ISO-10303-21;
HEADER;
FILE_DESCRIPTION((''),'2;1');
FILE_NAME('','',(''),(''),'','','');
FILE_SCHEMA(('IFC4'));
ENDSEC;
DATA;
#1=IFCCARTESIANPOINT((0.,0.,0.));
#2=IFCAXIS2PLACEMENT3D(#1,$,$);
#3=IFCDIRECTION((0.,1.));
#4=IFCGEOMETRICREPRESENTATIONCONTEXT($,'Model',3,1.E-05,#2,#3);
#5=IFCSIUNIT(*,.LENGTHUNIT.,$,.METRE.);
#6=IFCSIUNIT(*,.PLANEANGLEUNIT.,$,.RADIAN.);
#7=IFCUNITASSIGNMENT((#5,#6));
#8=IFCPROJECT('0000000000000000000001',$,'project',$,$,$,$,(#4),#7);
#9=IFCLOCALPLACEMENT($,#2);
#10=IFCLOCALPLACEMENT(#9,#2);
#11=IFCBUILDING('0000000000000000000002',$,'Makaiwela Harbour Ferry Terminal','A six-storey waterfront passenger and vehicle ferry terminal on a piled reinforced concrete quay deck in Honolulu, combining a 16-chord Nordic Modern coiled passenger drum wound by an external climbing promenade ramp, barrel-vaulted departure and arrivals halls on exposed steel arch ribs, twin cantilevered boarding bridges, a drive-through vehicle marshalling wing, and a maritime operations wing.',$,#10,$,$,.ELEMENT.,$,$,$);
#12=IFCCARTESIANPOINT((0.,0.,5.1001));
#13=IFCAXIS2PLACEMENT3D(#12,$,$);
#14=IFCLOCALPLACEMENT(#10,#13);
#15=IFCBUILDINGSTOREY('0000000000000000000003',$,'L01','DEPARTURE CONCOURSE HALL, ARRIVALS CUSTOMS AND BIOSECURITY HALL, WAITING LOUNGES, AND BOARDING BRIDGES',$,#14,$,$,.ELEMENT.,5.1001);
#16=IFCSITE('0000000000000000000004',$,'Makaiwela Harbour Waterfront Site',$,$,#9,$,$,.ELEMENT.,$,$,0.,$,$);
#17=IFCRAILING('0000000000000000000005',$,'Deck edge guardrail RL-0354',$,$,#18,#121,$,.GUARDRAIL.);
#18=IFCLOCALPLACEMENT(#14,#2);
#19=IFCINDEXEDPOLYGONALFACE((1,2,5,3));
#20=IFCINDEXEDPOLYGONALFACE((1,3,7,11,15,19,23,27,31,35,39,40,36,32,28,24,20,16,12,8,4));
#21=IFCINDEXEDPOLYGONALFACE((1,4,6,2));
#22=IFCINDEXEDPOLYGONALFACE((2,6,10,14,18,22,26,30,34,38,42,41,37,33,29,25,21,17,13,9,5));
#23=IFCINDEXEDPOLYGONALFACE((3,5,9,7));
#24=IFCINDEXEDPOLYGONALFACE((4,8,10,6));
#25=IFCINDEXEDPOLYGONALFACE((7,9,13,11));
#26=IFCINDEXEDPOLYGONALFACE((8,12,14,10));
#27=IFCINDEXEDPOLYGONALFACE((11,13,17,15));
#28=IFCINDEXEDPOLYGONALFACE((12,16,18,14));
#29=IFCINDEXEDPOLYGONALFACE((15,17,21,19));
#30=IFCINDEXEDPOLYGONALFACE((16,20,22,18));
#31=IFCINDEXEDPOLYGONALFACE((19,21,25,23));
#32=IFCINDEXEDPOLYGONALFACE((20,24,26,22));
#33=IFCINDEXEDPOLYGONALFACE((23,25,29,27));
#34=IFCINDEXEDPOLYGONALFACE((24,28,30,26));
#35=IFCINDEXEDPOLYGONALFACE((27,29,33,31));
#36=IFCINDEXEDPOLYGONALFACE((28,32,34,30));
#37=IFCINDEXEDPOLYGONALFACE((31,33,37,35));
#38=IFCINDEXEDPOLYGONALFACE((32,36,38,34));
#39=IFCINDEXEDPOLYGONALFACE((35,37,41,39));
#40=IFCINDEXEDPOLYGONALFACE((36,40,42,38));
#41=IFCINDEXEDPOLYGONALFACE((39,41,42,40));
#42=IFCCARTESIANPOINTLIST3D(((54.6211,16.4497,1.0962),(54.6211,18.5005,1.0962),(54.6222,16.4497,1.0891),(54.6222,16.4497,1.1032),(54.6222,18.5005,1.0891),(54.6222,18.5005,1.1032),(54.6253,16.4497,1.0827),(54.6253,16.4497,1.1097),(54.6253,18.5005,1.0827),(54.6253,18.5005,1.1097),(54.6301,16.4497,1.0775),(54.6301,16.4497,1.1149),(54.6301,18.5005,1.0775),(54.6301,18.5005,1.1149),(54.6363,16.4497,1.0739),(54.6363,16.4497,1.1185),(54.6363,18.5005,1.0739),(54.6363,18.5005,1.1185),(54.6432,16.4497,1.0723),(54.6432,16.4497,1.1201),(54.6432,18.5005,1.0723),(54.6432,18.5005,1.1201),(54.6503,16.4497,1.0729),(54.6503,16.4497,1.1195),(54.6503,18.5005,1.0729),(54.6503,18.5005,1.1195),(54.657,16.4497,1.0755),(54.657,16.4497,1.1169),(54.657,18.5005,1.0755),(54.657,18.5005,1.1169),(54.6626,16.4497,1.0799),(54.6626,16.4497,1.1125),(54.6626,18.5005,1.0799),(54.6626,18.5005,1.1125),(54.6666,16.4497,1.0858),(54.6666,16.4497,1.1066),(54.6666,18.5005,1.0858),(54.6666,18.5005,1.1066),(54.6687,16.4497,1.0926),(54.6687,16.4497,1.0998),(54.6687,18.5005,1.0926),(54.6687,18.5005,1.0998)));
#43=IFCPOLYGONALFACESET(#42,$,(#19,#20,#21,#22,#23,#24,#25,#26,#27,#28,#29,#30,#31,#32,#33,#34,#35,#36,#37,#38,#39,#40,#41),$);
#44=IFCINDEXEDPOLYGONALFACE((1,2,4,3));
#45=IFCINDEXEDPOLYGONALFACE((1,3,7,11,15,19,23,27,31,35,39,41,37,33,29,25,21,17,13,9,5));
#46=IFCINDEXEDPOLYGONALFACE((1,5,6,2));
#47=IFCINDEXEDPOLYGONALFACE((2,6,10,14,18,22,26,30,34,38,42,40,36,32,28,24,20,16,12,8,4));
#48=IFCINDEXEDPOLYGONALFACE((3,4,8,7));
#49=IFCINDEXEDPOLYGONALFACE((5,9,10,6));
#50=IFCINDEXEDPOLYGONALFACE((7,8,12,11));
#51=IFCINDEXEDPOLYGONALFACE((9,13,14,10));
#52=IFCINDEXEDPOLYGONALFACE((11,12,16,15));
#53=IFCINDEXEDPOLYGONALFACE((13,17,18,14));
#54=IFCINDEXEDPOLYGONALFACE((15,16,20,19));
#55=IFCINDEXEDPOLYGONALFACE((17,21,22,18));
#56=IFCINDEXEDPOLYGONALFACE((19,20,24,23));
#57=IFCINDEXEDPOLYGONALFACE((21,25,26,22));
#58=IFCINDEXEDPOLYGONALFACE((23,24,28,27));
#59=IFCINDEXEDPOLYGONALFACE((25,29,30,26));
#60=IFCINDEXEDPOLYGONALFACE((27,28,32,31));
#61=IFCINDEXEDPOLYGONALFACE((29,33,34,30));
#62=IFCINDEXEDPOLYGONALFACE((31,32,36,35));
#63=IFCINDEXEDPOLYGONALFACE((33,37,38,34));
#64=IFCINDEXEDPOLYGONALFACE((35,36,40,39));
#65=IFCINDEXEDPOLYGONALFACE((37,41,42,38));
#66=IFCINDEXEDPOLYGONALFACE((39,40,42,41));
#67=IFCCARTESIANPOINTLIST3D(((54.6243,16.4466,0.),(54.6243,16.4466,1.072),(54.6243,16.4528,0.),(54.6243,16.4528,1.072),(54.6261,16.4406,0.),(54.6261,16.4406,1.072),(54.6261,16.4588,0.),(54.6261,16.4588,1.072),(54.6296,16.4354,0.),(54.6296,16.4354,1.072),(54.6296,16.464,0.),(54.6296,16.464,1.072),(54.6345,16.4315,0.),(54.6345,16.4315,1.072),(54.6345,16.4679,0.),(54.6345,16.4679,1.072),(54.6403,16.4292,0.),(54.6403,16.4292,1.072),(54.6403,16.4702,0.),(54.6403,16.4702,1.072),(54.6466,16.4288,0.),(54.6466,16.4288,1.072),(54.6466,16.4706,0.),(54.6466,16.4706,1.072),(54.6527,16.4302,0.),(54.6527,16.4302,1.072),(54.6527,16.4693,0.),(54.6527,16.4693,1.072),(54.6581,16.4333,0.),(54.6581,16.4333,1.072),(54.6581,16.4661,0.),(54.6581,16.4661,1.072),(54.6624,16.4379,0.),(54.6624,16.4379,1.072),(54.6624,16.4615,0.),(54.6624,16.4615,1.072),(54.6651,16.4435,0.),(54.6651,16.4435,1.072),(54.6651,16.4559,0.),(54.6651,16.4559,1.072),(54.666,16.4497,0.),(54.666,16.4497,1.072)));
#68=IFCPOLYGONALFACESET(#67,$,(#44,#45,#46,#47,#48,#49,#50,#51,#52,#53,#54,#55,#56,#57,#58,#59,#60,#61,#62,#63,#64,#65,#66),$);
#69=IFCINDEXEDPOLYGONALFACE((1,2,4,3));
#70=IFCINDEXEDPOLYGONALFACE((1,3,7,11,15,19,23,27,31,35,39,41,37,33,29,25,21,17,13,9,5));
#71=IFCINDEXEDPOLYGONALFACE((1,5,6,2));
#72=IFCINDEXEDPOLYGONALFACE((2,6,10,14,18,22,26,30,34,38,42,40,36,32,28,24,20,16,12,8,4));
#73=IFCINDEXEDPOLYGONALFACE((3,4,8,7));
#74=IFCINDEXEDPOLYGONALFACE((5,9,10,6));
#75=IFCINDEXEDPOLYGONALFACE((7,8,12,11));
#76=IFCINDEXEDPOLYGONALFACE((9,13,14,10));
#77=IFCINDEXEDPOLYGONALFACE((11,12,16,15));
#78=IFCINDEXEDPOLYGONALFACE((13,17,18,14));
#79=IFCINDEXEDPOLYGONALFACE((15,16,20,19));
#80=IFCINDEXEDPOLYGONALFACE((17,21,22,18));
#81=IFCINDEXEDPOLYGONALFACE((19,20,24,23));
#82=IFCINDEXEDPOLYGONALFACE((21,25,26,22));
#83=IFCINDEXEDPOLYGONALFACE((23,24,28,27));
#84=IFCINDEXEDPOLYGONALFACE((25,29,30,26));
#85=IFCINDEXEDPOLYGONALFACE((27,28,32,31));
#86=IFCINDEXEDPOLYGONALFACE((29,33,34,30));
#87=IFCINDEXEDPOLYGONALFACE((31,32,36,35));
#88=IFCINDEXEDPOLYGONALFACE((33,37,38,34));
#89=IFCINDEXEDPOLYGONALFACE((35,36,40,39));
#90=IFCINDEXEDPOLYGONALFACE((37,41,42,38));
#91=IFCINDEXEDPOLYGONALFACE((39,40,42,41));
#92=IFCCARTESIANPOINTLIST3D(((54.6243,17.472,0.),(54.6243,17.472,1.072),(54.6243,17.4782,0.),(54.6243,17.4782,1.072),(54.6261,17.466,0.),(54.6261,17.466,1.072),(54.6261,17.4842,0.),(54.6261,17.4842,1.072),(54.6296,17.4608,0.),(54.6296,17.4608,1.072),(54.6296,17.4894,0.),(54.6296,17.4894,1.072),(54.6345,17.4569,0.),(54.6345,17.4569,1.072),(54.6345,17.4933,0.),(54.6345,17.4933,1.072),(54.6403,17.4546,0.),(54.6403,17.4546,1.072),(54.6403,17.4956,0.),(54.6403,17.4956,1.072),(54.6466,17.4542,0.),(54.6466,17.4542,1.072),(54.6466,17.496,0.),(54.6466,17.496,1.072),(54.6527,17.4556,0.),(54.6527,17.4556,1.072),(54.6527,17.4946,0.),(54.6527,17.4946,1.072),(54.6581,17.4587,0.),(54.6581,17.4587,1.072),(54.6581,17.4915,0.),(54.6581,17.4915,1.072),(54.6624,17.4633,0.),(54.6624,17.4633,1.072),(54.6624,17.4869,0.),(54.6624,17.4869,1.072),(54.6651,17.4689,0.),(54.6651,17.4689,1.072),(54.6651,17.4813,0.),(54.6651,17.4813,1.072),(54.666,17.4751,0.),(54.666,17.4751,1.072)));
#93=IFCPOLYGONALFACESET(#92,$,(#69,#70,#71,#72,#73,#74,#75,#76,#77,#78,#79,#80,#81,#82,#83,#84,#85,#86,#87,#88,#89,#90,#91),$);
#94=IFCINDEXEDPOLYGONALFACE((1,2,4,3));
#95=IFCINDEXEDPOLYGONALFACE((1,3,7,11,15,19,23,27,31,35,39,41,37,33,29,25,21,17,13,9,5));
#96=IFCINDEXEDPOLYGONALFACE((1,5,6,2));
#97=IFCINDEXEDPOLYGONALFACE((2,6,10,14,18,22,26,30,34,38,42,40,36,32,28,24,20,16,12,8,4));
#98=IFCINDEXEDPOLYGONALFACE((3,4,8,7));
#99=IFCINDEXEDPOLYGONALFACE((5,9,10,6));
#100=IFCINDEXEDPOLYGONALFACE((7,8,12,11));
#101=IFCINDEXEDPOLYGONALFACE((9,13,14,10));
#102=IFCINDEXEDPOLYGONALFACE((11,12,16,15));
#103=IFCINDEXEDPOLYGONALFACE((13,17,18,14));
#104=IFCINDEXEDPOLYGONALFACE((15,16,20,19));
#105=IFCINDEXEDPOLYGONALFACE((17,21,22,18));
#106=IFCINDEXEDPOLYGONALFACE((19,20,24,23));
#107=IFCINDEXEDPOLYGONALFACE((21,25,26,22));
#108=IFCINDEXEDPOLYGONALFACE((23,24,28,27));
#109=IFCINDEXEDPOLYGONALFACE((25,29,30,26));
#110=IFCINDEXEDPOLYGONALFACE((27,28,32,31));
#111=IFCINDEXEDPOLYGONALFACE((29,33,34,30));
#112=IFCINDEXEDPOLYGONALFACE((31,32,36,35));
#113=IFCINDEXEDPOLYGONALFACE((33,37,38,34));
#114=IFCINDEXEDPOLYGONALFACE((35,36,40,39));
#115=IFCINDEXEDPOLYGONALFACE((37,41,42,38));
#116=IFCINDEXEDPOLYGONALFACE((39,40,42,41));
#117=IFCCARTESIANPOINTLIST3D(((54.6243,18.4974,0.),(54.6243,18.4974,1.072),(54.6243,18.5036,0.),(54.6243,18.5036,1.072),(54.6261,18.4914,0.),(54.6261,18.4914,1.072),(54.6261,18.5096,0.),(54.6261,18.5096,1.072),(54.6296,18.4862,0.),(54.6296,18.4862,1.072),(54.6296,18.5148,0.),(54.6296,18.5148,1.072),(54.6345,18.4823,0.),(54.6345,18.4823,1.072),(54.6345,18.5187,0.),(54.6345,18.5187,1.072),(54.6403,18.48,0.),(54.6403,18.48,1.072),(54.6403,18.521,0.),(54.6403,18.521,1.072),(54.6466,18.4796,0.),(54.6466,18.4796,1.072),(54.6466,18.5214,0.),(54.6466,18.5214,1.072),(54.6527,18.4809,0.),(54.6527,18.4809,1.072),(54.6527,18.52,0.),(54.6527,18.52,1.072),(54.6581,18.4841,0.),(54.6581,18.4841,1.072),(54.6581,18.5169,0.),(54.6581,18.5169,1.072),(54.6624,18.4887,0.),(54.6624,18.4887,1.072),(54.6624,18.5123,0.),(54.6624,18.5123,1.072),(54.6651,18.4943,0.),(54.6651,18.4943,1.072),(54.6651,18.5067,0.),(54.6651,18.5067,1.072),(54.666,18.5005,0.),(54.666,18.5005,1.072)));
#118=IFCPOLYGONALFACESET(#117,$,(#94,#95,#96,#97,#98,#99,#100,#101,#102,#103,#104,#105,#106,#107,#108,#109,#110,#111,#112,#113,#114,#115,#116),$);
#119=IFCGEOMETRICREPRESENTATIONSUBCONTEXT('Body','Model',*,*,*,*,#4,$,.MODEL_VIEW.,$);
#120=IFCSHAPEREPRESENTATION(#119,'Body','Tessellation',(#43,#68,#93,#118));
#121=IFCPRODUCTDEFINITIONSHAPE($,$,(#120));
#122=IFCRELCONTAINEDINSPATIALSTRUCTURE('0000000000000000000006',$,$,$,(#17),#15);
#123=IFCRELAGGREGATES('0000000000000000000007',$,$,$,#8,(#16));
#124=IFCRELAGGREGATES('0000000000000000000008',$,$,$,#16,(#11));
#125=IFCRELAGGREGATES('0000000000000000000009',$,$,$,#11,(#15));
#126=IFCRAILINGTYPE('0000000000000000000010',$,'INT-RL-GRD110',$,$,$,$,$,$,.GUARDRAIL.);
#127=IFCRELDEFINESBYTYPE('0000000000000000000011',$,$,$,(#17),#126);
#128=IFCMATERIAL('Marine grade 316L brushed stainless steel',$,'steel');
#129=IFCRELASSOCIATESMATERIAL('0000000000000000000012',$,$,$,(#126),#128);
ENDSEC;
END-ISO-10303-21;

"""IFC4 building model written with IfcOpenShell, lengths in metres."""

from ifc_helpers import new_model, si_unit, direction, frame, origin, origin_2d, place, context, subcontext, project, spatial, circle, extrude, material, type_object, element, save


model = new_model("IFC4")

# Units and contexts
model_context = context("Model", 3, precision=1e-05, world=origin(), true_north=direction((0.0, 1.0)))
body_context = subcontext(model_context, "Body", "Model", "MODEL_VIEW")
ifc_project = project(units=[si_unit("LENGTHUNIT", "METRE"), si_unit("PLANEANGLEUNIT", "RADIAN")], contexts=[model_context])

# Site, building, storey
site_placement = place(None, origin())
site = spatial("IfcSite", under=ifc_project, at=site_placement, Name="Makaiwela Harbour Waterfront Site", CompositionType="ELEMENT", RefElevation=0.0)
building_placement = place(site_placement, origin())
building = spatial("IfcBuilding", under=site, at=building_placement, Name="Makaiwela Harbour Ferry Terminal", Description="A six-storey waterfront passenger and vehicle ferry terminal on a piled reinforced concrete quay deck in Honolulu, combining a 16-chord Nordic Modern coiled passenger drum wound by an external climbing promenade ramp, barrel-vaulted departure and arrivals halls on exposed steel arch ribs, twin cantilevered boarding bridges, a drive-through vehicle marshalling wing, and a maritime operations wing.", CompositionType="ELEMENT")
storey_placement = place(building_placement, frame((0.0, 0.0, 5.1001)))
storey = spatial("IfcBuildingStorey", under=building, at=storey_placement, Name="L01", Description="DEPARTURE CONCOURSE HALL, ARRIVALS CUSTOMS AND BIOSECURITY HALL, WAITING LOUNGES, AND BOARDING BRIDGES", CompositionType="ELEMENT", Elevation=5.1001)

# Railing
ifc_material_1 = material(Name="Marine grade 316L brushed stainless steel", Category="steel")
railing_type = type_object("IfcRailingType", Name="INT-RL-GRD110", PredefinedType="GUARDRAIL", material=ifc_material_1)
railing_1_placement = place(storey_placement, frame((54.645, 16.4497, 0.0)))
element("IfcRailing", 1, at=railing_1_placement, inside=storey, type_object=railing_type, Name="Deck edge guardrail RL-0354", PredefinedType="GUARDRAIL", context=body_context, shape_type="SweptSolid", body=[
    extrude(circle(Radius=0.0239, at=origin_2d()), frame((0.0, 0.0, 1.0962), z_axis=(0.0, 1.0, 0.0), x_axis=(-1.0, 0.0, 0.0)), (0.0, 0.0, 1.0), 2.0508),
    extrude(circle(Radius=0.021, at=origin_2d()), origin(), (0.0, 0.0, 1.0), 1.072),
    extrude(circle(Radius=0.021, at=origin_2d()), frame((0.0, 1.0254, 0.0)), (0.0, 0.0, 1.0), 1.072),
    extrude(circle(Radius=0.021, at=origin_2d()), frame((0.0, 2.0508, 0.0)), (0.0, 0.0, 1.0), 1.072),
])

save(model, "model.ifc")
